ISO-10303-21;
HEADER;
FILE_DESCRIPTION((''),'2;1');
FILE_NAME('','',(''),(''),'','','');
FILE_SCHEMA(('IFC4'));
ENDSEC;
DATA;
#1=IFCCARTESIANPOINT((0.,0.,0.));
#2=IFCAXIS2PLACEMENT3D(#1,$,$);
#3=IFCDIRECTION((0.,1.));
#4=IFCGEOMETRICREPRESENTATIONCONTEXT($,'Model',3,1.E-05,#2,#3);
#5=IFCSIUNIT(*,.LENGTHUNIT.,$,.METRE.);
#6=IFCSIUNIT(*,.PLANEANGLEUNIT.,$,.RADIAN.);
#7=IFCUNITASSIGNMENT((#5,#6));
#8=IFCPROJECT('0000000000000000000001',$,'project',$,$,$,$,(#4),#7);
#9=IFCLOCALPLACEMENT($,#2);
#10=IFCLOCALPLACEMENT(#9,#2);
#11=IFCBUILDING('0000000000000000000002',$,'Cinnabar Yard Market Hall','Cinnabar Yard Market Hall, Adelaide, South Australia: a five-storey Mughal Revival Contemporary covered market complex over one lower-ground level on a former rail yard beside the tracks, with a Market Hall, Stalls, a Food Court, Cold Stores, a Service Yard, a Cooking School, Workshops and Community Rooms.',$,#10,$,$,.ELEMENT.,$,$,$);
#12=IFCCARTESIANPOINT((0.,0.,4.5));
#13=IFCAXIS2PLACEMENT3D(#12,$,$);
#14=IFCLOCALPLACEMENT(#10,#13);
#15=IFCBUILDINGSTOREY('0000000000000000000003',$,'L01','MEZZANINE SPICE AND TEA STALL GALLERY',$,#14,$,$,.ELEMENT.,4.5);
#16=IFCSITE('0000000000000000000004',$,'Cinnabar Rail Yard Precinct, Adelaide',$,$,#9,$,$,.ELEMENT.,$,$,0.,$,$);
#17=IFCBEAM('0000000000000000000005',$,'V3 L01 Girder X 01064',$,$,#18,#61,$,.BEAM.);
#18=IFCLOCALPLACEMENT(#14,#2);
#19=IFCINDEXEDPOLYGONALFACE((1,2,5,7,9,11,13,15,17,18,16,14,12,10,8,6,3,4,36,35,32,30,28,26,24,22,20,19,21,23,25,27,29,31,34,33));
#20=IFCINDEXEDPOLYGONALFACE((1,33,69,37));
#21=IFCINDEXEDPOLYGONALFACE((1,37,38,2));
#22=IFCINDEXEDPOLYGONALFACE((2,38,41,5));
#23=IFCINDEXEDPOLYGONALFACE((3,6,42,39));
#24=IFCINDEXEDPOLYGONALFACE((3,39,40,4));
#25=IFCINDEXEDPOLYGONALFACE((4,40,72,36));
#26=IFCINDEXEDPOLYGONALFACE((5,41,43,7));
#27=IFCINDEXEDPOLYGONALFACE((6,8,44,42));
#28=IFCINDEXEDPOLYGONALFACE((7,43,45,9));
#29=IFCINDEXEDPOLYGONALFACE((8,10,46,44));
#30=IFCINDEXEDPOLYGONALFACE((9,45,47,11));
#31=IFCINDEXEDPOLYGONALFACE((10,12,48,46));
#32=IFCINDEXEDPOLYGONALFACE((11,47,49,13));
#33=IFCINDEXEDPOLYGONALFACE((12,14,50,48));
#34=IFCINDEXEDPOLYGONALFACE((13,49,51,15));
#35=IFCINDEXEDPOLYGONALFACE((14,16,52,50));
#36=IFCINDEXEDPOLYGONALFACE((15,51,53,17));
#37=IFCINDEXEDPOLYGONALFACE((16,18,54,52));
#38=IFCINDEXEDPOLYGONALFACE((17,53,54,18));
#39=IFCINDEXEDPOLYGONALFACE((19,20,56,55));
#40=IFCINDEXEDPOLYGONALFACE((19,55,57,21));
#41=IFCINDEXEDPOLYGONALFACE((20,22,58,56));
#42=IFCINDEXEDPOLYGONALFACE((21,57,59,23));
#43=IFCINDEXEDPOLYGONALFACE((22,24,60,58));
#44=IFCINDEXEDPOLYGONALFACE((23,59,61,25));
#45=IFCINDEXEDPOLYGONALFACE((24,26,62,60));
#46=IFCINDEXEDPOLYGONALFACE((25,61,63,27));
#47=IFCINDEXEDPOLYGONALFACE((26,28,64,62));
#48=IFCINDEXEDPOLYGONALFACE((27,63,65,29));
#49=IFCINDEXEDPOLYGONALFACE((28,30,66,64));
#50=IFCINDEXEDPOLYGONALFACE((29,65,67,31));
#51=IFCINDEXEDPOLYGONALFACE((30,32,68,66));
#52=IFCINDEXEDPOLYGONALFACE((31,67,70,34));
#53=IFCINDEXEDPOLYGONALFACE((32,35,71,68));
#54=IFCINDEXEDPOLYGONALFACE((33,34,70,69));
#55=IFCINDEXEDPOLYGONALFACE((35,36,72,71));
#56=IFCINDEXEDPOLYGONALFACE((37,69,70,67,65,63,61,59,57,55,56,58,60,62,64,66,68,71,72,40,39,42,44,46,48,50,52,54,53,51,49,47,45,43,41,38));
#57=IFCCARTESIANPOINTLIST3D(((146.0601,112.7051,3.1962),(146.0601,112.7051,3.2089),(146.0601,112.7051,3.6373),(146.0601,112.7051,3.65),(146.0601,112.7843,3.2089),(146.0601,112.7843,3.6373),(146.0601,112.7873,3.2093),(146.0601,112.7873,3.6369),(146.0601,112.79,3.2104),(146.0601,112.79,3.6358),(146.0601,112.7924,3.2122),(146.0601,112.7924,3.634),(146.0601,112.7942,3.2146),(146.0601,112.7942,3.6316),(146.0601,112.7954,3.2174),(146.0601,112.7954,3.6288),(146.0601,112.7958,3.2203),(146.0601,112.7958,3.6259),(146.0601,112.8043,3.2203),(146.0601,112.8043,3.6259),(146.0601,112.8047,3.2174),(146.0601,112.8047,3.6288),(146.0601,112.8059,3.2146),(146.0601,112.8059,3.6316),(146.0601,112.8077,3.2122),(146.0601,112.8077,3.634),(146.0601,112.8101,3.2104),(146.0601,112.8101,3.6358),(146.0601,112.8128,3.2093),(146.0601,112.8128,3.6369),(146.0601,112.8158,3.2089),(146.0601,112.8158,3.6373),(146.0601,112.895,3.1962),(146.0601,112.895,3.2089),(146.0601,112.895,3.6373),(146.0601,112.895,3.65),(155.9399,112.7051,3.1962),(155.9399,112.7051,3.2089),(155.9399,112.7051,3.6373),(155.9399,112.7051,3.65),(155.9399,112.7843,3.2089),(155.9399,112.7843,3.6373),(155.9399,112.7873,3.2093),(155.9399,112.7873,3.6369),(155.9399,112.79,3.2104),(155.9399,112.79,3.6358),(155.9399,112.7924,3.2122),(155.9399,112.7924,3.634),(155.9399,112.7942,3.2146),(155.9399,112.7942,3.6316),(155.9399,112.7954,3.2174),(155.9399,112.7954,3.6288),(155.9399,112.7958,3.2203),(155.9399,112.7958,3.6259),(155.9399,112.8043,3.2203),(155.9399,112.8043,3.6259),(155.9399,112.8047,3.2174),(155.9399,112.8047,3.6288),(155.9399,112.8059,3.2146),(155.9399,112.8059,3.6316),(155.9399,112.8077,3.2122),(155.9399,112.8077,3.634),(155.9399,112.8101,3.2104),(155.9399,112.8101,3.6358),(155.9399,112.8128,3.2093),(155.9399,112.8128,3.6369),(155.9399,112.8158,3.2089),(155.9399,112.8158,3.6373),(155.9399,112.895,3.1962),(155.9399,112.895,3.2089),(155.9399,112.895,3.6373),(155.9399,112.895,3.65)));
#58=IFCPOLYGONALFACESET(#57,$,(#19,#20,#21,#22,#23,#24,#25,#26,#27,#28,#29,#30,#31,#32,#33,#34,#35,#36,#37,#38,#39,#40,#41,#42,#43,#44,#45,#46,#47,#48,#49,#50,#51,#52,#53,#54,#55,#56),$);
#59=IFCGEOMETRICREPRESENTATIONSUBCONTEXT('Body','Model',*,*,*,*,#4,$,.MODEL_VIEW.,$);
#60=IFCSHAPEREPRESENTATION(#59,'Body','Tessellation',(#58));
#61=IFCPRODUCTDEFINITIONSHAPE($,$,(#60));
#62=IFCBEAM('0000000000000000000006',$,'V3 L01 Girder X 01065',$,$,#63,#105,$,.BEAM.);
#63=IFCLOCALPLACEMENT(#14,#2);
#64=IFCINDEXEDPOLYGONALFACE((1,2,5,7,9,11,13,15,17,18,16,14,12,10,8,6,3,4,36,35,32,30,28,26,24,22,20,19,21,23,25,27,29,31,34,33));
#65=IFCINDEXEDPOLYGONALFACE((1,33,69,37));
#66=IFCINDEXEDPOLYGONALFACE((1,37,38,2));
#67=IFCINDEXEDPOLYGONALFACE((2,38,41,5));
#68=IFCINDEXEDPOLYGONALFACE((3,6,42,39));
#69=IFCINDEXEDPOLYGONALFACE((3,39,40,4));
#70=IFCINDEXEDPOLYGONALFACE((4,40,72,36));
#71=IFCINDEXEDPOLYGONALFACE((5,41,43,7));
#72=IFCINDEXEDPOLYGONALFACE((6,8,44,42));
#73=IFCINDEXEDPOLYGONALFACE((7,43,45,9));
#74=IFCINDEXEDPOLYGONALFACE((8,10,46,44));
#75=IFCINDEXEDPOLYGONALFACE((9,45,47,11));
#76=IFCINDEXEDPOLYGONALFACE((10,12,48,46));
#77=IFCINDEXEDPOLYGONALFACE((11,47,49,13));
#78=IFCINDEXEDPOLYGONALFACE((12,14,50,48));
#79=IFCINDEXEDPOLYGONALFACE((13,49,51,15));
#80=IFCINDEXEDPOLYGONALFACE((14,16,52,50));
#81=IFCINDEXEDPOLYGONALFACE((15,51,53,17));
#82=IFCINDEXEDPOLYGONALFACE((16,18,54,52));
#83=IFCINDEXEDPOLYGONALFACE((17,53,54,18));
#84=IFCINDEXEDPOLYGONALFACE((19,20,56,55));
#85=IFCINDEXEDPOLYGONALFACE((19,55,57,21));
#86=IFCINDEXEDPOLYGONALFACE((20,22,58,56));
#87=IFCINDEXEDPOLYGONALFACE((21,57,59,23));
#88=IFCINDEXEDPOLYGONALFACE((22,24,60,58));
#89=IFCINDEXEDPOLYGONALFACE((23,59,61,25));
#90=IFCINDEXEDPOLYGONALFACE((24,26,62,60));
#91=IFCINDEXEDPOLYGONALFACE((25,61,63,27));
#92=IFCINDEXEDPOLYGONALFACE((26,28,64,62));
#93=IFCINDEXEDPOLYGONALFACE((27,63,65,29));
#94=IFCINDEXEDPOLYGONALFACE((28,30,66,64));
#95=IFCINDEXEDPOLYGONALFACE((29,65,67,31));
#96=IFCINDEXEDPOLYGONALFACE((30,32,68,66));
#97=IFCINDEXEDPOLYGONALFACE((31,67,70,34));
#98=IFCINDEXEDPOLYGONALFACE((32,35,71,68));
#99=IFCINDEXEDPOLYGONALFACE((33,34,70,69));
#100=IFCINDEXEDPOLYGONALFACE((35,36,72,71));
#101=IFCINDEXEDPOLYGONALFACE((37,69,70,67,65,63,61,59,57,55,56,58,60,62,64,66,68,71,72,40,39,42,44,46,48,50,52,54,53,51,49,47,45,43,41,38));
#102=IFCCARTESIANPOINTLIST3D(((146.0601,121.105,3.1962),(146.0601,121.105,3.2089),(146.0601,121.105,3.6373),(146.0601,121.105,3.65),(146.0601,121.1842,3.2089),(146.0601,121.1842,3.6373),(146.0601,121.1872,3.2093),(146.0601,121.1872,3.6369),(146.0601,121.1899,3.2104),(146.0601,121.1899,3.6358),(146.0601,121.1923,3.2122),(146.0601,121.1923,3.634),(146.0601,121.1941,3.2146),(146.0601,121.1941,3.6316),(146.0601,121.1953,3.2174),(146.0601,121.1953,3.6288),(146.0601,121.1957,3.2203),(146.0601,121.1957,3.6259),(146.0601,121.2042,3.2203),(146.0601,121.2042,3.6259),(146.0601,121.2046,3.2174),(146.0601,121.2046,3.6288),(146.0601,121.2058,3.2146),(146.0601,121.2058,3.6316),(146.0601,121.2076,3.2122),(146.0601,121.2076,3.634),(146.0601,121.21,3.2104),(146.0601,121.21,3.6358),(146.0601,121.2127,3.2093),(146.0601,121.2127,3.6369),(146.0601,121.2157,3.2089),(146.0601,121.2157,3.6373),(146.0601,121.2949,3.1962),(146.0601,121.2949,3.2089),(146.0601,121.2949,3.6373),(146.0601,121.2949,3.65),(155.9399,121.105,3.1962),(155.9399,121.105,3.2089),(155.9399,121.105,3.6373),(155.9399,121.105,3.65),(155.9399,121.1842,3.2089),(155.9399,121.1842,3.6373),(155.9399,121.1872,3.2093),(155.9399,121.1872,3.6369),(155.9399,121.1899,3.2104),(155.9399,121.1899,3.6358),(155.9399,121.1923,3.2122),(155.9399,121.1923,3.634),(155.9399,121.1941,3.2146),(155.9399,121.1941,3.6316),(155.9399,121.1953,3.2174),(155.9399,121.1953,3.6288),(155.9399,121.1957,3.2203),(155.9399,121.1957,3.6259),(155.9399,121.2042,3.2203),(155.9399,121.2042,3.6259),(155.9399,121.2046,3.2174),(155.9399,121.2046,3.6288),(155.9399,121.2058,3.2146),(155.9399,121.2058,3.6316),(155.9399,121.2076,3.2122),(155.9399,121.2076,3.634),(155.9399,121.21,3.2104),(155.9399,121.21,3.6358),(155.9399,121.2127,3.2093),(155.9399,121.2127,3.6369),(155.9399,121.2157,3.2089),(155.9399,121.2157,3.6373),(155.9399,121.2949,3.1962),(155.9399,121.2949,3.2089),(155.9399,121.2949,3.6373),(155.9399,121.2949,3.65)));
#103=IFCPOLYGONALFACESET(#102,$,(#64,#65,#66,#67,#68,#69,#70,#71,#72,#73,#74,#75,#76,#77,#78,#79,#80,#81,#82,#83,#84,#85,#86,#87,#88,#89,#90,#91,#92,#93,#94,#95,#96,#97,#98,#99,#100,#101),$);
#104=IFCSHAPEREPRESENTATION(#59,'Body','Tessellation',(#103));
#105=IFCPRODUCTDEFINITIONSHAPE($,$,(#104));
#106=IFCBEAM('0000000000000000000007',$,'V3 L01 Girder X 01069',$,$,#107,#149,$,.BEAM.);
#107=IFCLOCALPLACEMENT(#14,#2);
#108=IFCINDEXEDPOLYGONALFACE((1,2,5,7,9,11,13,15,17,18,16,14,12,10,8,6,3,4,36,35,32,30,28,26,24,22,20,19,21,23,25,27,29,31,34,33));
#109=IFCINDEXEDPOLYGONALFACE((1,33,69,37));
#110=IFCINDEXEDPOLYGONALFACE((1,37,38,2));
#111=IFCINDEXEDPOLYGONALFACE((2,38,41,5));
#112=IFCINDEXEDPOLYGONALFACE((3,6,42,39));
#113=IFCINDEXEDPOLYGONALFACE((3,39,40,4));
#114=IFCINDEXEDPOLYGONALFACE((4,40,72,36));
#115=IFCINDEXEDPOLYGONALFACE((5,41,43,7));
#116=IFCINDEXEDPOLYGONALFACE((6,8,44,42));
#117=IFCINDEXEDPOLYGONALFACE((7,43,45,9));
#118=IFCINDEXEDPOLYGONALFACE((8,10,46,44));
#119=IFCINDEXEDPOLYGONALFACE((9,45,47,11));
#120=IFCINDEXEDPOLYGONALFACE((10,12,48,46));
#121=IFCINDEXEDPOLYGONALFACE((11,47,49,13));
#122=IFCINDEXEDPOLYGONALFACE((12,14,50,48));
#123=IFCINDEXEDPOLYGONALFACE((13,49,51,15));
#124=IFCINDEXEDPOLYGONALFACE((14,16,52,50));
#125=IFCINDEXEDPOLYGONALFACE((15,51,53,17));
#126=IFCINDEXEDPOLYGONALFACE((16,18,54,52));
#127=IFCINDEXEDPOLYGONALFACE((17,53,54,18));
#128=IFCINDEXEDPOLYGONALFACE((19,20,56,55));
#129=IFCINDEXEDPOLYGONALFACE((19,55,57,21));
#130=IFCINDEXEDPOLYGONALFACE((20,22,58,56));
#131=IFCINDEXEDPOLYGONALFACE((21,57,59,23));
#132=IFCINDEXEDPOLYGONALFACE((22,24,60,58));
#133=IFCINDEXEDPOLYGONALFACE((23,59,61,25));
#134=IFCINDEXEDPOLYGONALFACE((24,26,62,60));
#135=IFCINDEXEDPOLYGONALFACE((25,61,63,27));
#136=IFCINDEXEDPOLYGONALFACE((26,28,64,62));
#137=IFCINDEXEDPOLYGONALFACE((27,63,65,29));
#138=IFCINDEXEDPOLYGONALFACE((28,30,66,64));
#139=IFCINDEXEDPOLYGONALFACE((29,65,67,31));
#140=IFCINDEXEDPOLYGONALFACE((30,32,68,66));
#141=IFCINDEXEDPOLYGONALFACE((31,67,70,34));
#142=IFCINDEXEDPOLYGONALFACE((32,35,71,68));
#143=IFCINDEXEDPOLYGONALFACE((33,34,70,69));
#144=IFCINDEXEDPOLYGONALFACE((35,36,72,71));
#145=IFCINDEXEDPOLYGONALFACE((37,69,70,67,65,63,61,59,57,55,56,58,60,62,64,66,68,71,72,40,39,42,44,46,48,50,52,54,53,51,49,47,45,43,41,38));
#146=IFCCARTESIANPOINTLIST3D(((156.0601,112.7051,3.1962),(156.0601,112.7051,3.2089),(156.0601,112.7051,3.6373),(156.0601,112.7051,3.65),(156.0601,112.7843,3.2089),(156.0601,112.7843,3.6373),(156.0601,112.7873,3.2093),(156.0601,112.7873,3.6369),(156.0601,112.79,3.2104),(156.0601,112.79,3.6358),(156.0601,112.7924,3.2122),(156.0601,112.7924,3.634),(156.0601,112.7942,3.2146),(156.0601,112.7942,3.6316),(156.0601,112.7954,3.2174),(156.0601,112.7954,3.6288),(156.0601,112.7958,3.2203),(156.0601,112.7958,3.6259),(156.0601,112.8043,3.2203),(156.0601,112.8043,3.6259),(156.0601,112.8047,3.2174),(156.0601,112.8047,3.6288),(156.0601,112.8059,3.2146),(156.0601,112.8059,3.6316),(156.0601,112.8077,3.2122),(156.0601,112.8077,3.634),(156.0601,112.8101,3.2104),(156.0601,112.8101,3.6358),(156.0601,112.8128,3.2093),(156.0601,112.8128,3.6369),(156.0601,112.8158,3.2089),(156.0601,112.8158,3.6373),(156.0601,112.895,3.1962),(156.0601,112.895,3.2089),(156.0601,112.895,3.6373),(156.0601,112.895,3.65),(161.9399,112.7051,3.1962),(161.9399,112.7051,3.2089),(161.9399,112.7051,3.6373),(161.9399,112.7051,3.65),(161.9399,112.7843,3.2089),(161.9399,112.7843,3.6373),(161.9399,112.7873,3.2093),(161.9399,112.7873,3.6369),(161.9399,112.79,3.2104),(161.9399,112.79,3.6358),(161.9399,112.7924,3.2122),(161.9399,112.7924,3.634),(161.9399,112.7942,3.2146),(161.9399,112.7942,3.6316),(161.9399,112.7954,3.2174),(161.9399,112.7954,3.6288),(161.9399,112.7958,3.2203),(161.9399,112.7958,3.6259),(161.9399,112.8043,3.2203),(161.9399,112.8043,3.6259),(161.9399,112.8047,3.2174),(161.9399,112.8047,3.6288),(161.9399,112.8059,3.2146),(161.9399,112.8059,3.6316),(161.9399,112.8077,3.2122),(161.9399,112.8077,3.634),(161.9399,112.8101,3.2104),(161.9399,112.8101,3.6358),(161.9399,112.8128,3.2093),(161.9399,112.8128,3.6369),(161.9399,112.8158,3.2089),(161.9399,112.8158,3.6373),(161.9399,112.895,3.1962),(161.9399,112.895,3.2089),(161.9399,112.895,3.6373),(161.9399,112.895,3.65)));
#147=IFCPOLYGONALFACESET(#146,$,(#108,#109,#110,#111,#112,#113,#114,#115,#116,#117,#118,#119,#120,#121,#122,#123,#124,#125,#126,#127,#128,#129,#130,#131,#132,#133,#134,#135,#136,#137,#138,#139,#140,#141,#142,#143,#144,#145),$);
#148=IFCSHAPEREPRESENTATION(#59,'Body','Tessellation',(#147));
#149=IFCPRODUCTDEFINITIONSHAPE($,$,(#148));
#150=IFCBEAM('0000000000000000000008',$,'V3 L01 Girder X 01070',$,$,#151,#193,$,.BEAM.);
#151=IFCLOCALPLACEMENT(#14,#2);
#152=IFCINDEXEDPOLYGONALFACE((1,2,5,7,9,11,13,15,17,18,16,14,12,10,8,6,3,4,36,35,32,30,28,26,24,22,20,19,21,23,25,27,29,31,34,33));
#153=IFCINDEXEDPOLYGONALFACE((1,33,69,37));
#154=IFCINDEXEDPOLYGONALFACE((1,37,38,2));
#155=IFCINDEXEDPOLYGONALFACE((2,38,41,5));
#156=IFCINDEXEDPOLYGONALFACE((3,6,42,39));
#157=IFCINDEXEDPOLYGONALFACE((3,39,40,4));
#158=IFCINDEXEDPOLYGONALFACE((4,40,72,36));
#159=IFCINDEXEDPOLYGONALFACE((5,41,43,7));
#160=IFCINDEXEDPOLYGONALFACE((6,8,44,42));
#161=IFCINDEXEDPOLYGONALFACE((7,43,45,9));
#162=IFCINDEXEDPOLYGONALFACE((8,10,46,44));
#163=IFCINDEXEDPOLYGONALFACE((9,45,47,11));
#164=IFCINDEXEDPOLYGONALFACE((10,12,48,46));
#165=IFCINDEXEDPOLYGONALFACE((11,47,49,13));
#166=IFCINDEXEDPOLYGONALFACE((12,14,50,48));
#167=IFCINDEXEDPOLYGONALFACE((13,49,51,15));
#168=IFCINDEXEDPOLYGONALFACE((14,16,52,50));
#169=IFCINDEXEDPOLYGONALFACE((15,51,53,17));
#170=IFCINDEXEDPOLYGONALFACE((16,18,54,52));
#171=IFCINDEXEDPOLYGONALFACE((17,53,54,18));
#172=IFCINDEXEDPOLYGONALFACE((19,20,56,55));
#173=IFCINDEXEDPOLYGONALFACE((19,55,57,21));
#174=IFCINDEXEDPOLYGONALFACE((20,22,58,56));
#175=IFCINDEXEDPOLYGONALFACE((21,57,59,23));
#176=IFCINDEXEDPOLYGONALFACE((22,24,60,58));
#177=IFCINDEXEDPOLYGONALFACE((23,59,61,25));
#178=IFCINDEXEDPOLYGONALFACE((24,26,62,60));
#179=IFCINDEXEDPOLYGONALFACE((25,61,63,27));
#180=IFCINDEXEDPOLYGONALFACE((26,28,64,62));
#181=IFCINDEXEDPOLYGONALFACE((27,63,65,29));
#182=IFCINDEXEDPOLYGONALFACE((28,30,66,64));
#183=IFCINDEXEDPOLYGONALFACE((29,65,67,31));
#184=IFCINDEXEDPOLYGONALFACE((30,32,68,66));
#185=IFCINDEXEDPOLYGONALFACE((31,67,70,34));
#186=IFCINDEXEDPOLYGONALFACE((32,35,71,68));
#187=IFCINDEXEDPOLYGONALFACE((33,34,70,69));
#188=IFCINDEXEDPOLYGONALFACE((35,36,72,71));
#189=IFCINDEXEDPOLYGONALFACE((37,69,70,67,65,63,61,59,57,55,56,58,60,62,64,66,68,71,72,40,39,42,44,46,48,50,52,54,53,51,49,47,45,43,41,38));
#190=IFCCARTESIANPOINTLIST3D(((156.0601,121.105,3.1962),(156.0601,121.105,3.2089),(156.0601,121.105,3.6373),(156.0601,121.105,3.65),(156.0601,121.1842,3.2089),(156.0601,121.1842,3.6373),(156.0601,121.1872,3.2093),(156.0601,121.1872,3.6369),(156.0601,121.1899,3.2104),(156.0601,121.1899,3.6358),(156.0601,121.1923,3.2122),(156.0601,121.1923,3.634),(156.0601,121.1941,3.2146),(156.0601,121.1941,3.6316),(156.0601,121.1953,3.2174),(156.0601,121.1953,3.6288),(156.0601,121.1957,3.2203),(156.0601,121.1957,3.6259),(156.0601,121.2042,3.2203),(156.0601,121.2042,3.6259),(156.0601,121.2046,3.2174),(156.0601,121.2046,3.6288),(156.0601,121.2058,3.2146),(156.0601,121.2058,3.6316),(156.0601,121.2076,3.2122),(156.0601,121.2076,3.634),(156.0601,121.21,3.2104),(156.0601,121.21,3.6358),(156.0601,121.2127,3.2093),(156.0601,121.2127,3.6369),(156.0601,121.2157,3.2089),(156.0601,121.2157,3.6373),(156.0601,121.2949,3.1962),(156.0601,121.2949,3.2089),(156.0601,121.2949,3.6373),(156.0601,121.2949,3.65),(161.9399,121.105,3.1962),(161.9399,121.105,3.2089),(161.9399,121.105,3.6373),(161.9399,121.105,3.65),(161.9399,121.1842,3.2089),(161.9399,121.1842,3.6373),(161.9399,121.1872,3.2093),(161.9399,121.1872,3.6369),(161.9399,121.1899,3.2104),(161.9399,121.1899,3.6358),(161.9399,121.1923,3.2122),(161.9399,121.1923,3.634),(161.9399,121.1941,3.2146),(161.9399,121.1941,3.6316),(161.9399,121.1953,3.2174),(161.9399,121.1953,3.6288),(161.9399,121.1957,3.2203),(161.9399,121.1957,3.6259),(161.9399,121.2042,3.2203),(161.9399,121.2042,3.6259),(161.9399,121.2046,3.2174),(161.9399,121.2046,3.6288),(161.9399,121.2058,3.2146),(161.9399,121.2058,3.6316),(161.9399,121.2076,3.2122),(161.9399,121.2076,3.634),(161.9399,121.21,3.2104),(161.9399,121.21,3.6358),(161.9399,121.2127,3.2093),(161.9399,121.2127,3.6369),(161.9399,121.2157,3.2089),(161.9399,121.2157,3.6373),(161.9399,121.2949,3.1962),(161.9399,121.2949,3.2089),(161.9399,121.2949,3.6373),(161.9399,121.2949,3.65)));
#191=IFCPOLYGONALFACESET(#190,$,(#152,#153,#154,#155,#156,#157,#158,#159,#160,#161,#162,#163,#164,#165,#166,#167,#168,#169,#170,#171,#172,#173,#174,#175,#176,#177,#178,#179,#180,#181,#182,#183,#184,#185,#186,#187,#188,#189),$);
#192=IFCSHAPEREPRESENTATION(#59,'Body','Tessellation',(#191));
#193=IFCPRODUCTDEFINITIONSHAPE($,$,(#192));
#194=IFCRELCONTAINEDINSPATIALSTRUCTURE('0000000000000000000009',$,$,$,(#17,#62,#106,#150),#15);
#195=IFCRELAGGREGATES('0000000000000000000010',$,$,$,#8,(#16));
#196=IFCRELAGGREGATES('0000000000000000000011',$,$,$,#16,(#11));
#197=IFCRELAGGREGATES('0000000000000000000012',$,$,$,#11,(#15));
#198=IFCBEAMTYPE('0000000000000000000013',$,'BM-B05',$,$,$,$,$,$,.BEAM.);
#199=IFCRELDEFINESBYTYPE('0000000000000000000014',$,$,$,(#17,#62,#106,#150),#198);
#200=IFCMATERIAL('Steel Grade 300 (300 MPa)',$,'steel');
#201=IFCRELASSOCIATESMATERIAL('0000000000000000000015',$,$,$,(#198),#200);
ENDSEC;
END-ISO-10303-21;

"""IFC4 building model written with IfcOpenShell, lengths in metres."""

from ifc_helpers import new_model, si_unit, direction, frame, origin, origin_2d_with_axis, place, context, subcontext, project, spatial, i_section, extrude, material, material_profile, profile_set, type_object, element, save


model = new_model("IFC4")

# Units and contexts
model_context = context("Model", 3, precision=1e-05, world=origin(), true_north=direction((0.0, 1.0)))
body_context = subcontext(model_context, "Body", "Model", "MODEL_VIEW")
ifc_project = project(units=[si_unit("LENGTHUNIT", "METRE"), si_unit("PLANEANGLEUNIT", "RADIAN")], contexts=[model_context])

# Site, building, storey
site_placement = place(None, origin())
site = spatial("IfcSite", under=ifc_project, at=site_placement, Name="Cinnabar Rail Yard Precinct, Adelaide", CompositionType="ELEMENT", RefElevation=0.0)
building_placement = place(site_placement, origin())
building = spatial("IfcBuilding", under=site, at=building_placement, Name="Cinnabar Yard Market Hall", Description="Cinnabar Yard Market Hall, Adelaide, South Australia: a five-storey Mughal Revival Contemporary covered market complex over one lower-ground level on a former rail yard beside the tracks, with a Market Hall, Stalls, a Food Court, Cold Stores, a Service Yard, a Cooking School, Workshops and Community Rooms.", CompositionType="ELEMENT")
storey_placement = place(building_placement, frame((0.0, 0.0, 4.5)))
storey = spatial("IfcBuildingStorey", under=building, at=storey_placement, Name="L01", Description="MEZZANINE SPICE AND TEA STALL GALLERY", CompositionType="ELEMENT", Elevation=4.5)

# Shared definitions
ifc_material_1 = material(Name="Steel Grade 300 (300 MPa)", Category="steel")

# Beams
ifc_material_profile_1 = material_profile(ifc_material_1, i_section(OverallWidth=0.1899, OverallDepth=0.4539, WebThickness=0.0085, FlangeThickness=0.0127, FilletRadius=0.0115, at=origin_2d_with_axis()), Name="460UB67.1")
ifc_profile_set_1 = profile_set([ifc_material_profile_1], Name="Steel Grade 300 (300 MPa)")
beam_type_1 = type_object("IfcBeamType", Name="BM-B05", PredefinedType="BEAM", material=ifc_profile_set_1)
for number, where, z_axis, x_axis, name in (
    (1, (146.0601, 112.8, 3.4231), (1.0, 0.0, 0.0), (0.0, 1.0, 0.0), "V3 L01 Girder X 01064"),
    (2, (146.0601, 121.2, 3.4231), (1.0, 0.0, 0.0), (0.0, 1.0, 0.0), "V3 L01 Girder X 01065"),
):
    element("IfcBeam", number, at=place(storey_placement, frame(where, z_axis=z_axis, x_axis=x_axis)), inside=storey, type_object=beam_type_1, Name=name, PredefinedType="BEAM", context=body_context, shape_type="SweptSolid", body=[
        extrude(i_section(OverallWidth=0.1899, OverallDepth=0.4539, WebThickness=0.0085, FlangeThickness=0.0127, FilletRadius=0.0115, at=origin_2d_with_axis()), origin(), (0.0, 0.0, 1.0), 9.8799),
    ])
for number, where, z_axis, x_axis, name in (
    (3, (156.0601, 112.8, 3.4231), (1.0, 0.0, 0.0), (0.0, 1.0, 0.0), "V3 L01 Girder X 01069"),
    (4, (156.0601, 121.2, 3.4231), (1.0, 0.0, 0.0), (0.0, 1.0, 0.0), "V3 L01 Girder X 01070"),
):
    element("IfcBeam", number, at=place(storey_placement, frame(where, z_axis=z_axis, x_axis=x_axis)), inside=storey, type_object=beam_type_1, Name=name, PredefinedType="BEAM", context=body_context, shape_type="SweptSolid", body=[
        extrude(i_section(OverallWidth=0.1899, OverallDepth=0.4539, WebThickness=0.0085, FlangeThickness=0.0127, FilletRadius=0.0115, at=origin_2d_with_axis()), origin(), (0.0, 0.0, 1.0), 5.8799),
    ])

save(model, "model.ifc")
